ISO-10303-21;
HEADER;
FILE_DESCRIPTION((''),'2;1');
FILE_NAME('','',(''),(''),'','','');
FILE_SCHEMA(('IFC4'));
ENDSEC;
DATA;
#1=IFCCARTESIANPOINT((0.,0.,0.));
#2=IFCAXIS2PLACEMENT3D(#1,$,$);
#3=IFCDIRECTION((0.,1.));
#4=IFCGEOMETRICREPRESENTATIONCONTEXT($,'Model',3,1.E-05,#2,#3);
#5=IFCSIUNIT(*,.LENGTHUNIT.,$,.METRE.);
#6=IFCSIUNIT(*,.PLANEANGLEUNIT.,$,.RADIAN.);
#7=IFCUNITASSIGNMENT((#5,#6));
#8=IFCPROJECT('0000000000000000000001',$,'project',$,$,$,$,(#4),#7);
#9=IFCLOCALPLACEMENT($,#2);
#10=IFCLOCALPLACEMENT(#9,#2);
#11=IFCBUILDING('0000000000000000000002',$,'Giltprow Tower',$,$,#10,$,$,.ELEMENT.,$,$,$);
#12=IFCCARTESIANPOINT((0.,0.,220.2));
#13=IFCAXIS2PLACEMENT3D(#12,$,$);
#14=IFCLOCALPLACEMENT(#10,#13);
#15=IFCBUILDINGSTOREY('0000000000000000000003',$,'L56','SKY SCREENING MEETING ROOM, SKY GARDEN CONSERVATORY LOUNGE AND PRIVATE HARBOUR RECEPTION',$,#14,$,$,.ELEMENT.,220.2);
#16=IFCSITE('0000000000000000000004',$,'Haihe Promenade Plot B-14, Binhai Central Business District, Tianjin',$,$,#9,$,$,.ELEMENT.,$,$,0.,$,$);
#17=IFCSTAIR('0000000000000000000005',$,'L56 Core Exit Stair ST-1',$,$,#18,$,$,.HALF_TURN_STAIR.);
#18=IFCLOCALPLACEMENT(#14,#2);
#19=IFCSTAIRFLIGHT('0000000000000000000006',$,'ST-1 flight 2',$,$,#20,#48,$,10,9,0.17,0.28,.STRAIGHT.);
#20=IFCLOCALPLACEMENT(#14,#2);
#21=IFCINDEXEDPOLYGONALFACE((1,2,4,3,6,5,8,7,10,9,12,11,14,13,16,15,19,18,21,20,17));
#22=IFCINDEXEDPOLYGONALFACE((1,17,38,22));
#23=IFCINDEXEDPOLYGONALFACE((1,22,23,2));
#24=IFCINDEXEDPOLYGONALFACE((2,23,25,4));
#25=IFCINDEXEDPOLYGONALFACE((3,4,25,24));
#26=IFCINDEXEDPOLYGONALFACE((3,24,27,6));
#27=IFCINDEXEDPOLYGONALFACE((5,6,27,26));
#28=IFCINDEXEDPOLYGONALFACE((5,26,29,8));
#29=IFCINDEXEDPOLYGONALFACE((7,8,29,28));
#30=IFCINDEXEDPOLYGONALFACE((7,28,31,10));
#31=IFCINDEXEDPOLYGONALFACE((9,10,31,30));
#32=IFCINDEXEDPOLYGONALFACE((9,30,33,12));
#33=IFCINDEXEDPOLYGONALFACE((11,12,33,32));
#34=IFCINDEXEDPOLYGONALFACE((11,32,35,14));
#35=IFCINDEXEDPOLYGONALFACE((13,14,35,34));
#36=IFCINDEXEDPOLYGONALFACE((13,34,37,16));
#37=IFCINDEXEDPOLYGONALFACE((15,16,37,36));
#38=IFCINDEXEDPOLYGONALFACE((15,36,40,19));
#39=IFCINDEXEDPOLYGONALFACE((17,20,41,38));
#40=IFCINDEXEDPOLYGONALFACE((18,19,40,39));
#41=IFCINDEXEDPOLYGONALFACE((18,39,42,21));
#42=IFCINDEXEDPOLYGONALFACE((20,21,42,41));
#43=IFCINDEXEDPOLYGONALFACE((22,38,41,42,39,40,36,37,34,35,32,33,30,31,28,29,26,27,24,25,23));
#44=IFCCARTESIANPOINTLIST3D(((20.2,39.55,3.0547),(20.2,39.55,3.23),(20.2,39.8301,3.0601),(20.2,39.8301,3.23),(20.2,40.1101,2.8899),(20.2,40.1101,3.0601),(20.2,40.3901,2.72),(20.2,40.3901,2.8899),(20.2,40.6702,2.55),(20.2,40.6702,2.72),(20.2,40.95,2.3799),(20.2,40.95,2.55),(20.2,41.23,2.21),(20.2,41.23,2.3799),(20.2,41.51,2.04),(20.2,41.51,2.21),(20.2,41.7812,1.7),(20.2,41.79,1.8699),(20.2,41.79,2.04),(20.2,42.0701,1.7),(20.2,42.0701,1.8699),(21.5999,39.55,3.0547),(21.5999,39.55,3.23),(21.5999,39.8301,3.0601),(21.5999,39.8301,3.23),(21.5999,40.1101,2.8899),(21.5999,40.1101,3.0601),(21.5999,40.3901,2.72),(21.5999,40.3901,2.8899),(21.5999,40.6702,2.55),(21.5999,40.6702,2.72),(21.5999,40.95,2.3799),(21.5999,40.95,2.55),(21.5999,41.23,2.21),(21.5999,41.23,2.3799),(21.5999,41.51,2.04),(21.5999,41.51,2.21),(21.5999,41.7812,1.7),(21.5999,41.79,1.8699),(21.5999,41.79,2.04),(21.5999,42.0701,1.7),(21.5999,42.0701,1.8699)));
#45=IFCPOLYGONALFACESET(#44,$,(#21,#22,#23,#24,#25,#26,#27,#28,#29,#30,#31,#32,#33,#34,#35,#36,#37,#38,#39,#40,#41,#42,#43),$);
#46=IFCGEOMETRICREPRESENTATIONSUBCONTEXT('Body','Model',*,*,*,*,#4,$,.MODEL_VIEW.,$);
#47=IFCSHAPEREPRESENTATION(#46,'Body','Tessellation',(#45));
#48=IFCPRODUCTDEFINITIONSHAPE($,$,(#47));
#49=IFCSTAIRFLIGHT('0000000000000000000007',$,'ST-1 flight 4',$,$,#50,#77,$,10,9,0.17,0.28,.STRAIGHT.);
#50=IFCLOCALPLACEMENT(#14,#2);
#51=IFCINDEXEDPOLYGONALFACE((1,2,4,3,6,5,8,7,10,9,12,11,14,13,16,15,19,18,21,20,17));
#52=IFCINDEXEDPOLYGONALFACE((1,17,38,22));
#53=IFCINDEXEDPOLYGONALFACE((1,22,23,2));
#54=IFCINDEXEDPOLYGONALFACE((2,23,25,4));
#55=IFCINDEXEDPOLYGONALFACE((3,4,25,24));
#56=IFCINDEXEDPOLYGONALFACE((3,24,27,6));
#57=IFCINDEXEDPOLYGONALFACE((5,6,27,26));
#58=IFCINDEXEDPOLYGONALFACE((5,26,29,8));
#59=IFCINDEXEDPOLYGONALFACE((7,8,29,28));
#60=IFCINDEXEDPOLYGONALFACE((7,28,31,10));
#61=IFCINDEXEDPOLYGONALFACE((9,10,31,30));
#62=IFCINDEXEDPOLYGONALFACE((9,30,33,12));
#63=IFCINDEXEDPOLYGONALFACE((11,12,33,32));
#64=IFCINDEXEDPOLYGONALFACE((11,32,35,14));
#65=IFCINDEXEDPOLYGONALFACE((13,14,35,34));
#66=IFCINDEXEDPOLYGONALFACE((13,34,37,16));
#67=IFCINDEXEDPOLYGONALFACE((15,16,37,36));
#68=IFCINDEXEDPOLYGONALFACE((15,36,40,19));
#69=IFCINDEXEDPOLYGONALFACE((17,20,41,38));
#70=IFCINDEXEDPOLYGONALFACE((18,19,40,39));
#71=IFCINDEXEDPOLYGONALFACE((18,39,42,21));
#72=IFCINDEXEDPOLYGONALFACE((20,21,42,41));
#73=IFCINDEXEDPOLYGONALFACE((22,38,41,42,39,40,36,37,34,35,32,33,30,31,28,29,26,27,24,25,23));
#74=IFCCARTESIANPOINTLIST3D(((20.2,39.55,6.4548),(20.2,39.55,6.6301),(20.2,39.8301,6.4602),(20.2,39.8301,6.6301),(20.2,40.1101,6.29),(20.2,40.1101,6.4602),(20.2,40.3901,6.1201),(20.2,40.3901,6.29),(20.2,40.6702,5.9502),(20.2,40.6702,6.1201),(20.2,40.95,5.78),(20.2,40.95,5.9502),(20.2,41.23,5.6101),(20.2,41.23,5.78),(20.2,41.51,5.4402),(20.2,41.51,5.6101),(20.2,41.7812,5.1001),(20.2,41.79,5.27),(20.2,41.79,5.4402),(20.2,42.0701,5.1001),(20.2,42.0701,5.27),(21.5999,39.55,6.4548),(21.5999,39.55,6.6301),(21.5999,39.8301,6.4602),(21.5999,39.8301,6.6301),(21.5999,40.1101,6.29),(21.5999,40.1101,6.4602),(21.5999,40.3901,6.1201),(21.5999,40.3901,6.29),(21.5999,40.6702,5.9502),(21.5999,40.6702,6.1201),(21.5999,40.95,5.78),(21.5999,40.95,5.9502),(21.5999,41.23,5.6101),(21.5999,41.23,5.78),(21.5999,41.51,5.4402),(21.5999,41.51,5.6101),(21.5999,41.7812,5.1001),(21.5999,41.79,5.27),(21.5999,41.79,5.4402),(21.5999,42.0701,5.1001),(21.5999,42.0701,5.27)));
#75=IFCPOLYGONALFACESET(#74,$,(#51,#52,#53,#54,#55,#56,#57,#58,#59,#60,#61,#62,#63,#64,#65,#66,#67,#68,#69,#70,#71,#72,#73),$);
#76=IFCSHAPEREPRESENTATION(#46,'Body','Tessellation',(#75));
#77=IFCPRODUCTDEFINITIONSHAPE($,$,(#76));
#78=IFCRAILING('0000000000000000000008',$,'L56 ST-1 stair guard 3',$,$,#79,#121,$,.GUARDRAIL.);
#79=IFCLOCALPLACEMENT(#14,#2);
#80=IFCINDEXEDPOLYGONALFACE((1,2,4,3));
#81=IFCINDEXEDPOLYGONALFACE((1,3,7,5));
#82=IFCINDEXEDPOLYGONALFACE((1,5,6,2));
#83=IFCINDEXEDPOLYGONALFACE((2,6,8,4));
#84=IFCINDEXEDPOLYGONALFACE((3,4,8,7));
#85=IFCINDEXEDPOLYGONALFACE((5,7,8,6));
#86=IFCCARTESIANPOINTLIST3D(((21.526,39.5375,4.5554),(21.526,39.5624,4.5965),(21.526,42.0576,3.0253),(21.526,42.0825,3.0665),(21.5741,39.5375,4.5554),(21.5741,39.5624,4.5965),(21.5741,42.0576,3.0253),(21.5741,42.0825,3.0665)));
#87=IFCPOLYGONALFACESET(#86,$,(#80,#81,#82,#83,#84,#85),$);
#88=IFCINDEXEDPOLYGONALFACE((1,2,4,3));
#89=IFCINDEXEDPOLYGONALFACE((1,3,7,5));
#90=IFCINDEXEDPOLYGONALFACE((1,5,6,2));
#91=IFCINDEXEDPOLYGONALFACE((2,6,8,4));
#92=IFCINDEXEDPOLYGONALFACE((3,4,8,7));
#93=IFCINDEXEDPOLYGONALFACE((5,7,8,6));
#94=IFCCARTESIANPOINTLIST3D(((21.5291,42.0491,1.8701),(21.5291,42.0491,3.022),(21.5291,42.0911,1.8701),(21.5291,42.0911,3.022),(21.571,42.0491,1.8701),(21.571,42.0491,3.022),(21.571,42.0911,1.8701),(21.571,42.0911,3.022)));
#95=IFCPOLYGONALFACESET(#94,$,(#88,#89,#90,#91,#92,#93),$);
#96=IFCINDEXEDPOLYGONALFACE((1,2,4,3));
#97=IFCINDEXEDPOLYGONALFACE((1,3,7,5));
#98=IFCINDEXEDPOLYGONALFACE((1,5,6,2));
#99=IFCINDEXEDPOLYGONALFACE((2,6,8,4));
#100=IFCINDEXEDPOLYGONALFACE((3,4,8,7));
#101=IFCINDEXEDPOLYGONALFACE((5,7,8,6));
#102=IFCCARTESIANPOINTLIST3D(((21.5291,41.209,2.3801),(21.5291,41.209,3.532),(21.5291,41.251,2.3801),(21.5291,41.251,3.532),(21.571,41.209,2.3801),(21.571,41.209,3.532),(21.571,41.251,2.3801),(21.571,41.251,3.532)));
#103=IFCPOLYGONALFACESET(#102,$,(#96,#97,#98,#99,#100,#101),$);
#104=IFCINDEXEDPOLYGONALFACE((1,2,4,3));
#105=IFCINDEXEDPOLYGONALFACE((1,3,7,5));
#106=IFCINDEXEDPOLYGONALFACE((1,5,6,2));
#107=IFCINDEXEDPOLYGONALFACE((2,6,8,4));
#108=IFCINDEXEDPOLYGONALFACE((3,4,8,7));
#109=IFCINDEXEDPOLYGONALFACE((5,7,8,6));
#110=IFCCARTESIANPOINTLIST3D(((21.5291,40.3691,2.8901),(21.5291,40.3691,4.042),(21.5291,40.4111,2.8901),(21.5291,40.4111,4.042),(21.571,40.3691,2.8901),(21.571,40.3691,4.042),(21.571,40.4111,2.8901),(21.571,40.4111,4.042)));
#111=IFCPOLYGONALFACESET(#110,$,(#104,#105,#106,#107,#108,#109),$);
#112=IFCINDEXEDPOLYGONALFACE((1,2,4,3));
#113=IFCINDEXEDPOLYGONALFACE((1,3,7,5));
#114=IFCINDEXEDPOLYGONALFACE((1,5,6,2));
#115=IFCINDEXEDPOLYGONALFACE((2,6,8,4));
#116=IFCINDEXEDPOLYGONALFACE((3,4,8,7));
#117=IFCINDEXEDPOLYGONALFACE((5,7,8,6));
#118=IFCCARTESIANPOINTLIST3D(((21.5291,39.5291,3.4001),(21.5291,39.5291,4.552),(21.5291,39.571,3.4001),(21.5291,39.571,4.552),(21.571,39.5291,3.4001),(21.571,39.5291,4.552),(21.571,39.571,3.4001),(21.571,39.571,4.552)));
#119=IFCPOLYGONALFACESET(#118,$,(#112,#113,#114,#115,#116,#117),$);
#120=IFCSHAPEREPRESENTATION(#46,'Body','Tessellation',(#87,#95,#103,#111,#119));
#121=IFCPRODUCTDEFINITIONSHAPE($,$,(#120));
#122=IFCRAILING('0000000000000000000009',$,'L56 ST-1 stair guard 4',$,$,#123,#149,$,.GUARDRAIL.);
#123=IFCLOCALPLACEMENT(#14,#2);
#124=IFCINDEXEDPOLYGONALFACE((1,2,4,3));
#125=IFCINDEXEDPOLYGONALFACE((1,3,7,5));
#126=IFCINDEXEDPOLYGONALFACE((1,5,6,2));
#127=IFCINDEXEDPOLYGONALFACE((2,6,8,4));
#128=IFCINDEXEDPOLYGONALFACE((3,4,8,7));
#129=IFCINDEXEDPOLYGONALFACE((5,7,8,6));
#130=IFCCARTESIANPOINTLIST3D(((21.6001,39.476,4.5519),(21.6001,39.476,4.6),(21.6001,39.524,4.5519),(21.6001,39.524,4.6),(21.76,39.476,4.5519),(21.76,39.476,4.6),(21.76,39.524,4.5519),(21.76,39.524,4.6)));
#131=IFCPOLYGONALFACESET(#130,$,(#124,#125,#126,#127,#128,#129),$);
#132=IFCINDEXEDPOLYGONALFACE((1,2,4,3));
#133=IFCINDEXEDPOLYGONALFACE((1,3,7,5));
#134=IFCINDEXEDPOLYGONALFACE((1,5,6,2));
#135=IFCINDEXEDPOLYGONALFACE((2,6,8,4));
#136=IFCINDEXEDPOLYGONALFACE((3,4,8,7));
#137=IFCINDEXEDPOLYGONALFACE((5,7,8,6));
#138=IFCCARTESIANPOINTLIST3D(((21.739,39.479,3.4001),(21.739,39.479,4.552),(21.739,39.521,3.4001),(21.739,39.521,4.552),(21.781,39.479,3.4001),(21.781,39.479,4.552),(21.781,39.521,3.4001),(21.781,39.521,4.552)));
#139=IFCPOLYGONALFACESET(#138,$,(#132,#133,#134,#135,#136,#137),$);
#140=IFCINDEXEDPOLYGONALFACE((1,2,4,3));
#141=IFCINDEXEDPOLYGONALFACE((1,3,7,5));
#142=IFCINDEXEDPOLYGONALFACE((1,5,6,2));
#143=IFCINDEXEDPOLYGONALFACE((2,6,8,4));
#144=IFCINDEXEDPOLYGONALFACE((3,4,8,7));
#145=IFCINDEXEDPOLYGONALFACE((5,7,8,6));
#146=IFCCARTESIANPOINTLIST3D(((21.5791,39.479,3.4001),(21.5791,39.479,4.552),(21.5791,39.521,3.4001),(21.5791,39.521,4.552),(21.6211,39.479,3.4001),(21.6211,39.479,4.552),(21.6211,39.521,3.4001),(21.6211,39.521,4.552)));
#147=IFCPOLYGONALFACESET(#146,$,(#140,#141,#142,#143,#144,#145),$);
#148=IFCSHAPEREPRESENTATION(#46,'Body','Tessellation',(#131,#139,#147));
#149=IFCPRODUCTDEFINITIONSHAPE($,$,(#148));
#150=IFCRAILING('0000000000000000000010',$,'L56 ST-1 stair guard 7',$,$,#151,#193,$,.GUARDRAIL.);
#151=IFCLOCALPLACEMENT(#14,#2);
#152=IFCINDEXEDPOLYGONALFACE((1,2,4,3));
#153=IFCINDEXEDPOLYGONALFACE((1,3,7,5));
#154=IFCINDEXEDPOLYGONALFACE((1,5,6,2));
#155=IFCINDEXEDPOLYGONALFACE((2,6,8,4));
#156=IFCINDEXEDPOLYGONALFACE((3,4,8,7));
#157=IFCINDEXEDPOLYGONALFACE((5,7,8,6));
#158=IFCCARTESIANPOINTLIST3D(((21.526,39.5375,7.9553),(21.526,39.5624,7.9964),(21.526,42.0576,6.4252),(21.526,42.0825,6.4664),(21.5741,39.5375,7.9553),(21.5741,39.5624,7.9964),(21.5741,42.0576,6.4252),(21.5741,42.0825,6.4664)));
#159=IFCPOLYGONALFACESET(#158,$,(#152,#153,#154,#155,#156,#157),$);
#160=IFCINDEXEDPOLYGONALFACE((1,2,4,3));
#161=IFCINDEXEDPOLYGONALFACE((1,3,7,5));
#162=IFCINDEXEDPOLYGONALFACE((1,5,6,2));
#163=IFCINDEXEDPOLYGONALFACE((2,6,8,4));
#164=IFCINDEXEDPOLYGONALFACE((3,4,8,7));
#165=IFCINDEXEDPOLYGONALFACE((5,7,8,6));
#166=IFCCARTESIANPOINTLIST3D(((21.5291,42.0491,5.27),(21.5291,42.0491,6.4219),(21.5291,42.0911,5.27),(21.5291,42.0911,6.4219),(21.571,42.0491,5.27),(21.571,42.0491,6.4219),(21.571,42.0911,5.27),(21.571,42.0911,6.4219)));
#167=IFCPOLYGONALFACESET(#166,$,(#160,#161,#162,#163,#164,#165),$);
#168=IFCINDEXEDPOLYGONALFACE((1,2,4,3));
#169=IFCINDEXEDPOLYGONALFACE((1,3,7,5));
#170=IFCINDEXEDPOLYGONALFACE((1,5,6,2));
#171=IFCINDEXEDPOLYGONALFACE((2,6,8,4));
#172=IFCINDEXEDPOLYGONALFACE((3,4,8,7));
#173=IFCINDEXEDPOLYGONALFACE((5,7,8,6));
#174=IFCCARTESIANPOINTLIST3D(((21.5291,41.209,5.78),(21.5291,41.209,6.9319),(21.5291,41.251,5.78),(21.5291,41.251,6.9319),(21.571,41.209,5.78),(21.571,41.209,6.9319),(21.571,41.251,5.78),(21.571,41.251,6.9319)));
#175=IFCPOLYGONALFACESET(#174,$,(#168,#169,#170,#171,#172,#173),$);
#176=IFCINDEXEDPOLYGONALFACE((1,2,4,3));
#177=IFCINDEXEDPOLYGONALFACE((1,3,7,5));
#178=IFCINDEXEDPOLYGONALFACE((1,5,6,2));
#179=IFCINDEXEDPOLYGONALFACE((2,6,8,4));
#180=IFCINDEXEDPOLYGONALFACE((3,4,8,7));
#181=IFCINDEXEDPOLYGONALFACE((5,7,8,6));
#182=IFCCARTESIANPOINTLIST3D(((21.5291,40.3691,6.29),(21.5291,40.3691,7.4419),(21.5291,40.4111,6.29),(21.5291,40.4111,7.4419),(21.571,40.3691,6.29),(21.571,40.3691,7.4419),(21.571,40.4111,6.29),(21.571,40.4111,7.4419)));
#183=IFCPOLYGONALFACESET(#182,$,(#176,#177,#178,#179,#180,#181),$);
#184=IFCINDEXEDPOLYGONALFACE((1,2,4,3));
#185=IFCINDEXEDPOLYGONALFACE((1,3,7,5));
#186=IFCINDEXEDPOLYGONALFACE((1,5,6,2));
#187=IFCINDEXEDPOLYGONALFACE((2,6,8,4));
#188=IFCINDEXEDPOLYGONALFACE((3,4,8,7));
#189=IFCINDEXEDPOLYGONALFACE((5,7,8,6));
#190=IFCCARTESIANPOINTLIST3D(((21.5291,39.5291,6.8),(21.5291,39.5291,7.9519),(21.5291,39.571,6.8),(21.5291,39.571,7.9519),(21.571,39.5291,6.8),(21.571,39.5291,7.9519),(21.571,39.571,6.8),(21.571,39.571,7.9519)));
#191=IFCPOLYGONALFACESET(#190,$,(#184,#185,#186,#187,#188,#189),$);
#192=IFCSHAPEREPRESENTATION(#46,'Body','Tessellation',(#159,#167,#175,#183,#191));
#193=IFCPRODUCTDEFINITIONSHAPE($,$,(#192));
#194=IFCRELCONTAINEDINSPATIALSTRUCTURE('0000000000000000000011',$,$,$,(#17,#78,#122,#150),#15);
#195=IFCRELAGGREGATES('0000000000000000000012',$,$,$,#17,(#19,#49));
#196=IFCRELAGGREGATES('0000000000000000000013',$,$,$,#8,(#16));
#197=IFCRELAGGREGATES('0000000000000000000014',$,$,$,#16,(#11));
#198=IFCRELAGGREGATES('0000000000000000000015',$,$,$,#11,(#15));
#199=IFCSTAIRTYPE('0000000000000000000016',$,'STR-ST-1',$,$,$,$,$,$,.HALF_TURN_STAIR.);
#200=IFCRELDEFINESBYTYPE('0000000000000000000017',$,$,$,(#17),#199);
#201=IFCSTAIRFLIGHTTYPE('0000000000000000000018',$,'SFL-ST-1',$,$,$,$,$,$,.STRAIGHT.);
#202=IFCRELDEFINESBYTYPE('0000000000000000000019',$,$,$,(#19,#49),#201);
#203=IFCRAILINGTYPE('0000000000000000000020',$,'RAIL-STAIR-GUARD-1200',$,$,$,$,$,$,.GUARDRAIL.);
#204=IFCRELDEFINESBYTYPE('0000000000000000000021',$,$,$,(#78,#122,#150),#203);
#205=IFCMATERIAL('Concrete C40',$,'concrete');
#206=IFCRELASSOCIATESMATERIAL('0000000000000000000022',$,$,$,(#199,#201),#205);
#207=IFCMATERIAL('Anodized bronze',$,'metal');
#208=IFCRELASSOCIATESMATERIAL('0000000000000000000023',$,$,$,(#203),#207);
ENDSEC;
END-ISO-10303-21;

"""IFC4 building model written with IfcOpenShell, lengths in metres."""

from ifc_helpers import new_model, si_unit, direction, frame, origin, origin_2d, place, context, subcontext, project, spatial, polyline, rectangle, outline, extrude, material, type_object, element, aggregate, save


model = new_model("IFC4")

# Units and contexts
model_context = context("Model", 3, precision=1e-05, world=origin(), true_north=direction((0.0, 1.0)))
body_context = subcontext(model_context, "Body", "Model", "MODEL_VIEW")
ifc_project = project(units=[si_unit("LENGTHUNIT", "METRE"), si_unit("PLANEANGLEUNIT", "RADIAN")], contexts=[model_context])

# Site, building, storey
site_placement = place(None, origin())
site = spatial("IfcSite", under=ifc_project, at=site_placement, Name="Haihe Promenade Plot B-14, Binhai Central Business District, Tianjin", CompositionType="ELEMENT", RefElevation=0.0)
building_placement = place(site_placement, origin())
building = spatial("IfcBuilding", under=site, at=building_placement, Name="Giltprow Tower", CompositionType="ELEMENT")
storey_placement = place(building_placement, frame((0.0, 0.0, 220.2)))
storey = spatial("IfcBuildingStorey", under=building, at=storey_placement, Name="L56", Description="SKY SCREENING MEETING ROOM, SKY GARDEN CONSERVATORY LOUNGE AND PRIVATE HARBOUR RECEPTION", CompositionType="ELEMENT", Elevation=220.2)

# Shared definitions
ifc_material_1 = material(Name="Concrete C40", Category="concrete")

# Stair, stair flights
stair_type = type_object("IfcStairType", Name="STR-ST-1", PredefinedType="HALF_TURN_STAIR", material=ifc_material_1)
stair_placement = place(storey_placement, origin())
stair = element("IfcStair", 1, at=stair_placement, inside=storey, type_object=stair_type, Name="L56 Core Exit Stair ST-1", PredefinedType="HALF_TURN_STAIR")
stair_flight_type = type_object("IfcStairFlightType", Name="SFL-ST-1", PredefinedType="STRAIGHT", material=ifc_material_1)
stair_flight_1_placement = place(storey_placement, frame((20.8999, 42.0701, 1.7), z_axis=(0.0, 0.0, 1.0), x_axis=(0.0, -1.0, 0.0)))
stair_flight_1 = element("IfcStairFlight", 2, at=stair_flight_1_placement, type_object=stair_flight_type, Name="ST-1 flight 2", NumberOfRisers=10, NumberOfTreads=9, PredefinedType="STRAIGHT", RiserHeight=0.17, TreadLength=0.28, context=body_context, shape_type="SweptSolid", body=[
    extrude(outline(polyline([(0.0, 0.0), (0.0, 0.1699), (0.28, 0.1699), (0.28, 0.3401), (0.5601, 0.3401), (0.5601, 0.51), (0.8401, 0.51), (0.8401, 0.6799), (1.1201, 0.6799), (1.1201, 0.8501), (1.3999, 0.8501), (1.3999, 1.02), (1.6799, 1.02), (1.6799, 1.1899), (1.96, 1.1899), (1.96, 1.3601), (2.24, 1.3601), (2.24, 1.53), (2.52, 1.53), (2.52, 1.7), (2.52, 1.3547), (0.2888, 0.0), (0.0, 0.0)])), frame((0.0, 0.7, 0.0), z_axis=(0.0, -1.0, 0.0), x_axis=(1.0, 0.0, 0.0)), (0.0, 0.0, 1.0), 1.3999),
])
stair_flight_2_placement = place(storey_placement, frame((20.8999, 42.0701, 5.1001), z_axis=(0.0, 0.0, 1.0), x_axis=(0.0, -1.0, 0.0)))
stair_flight_2 = element("IfcStairFlight", 3, at=stair_flight_2_placement, type_object=stair_flight_type, Name="ST-1 flight 4", NumberOfRisers=10, NumberOfTreads=9, PredefinedType="STRAIGHT", RiserHeight=0.17, TreadLength=0.28, context=body_context, shape_type="SweptSolid", body=[
    extrude(outline(polyline([(0.0, 0.0), (0.0, 0.1699), (0.28, 0.1699), (0.28, 0.3401), (0.5601, 0.3401), (0.5601, 0.51), (0.8401, 0.51), (0.8401, 0.6799), (1.1201, 0.6799), (1.1201, 0.8501), (1.3999, 0.8501), (1.3999, 1.02), (1.6799, 1.02), (1.6799, 1.1899), (1.96, 1.1899), (1.96, 1.3601), (2.24, 1.3601), (2.24, 1.53), (2.52, 1.53), (2.52, 1.7), (2.52, 1.3547), (0.2888, 0.0), (0.0, 0.0)])), frame((0.0, 0.7, 0.0), z_axis=(0.0, -1.0, 0.0), x_axis=(1.0, 0.0, 0.0)), (0.0, 0.0, 1.0), 1.3999),
])
aggregate(stair, [stair_flight_1, stair_flight_2])

# Railings
ifc_material_2 = material(Name="Anodized bronze", Category="metal")
railing_type_1 = type_object("IfcRailingType", Name="RAIL-STAIR-GUARD-1200", PredefinedType="GUARDRAIL", material=ifc_material_2)
railing_1_placement = place(storey_placement, frame((21.55, 42.0701, 1.8701)))
element("IfcRailing", 4, at=railing_1_placement, inside=storey, type_object=railing_type_1, Name="L56 ST-1 stair guard 3", PredefinedType="GUARDRAIL", context=body_context, shape_type="SweptSolid", body=[
    extrude(rectangle(XDim=0.0481, YDim=0.0481, at=origin_2d()), frame((0.0, 0.0, 1.1758), z_axis=(0.0, -0.854785, 0.518982), x_axis=(1.0, 0.0, 0.0)), (0.0, 0.0, 1.0), 2.9482),
    extrude(rectangle(XDim=0.042, YDim=0.042, at=origin_2d()), origin(), (0.0, 0.0, 1.0), 1.1519),
    extrude(rectangle(XDim=0.042, YDim=0.042, at=origin_2d()), frame((0.0, -0.8401, 0.51)), (0.0, 0.0, 1.0), 1.1519),
    extrude(rectangle(XDim=0.042, YDim=0.042, at=origin_2d()), frame((0.0, -1.6799, 1.02)), (0.0, 0.0, 1.0), 1.1519),
    extrude(rectangle(XDim=0.042, YDim=0.042, at=origin_2d()), frame((0.0, -2.52, 1.53)), (0.0, 0.0, 1.0), 1.1519),
])
railing_2_placement = place(storey_placement, frame((21.76, 39.5, 3.4001)))
element("IfcRailing", 5, at=railing_2_placement, inside=storey, type_object=railing_type_1, Name="L56 ST-1 stair guard 4", PredefinedType="GUARDRAIL", context=body_context, shape_type="SweptSolid", body=[
    extrude(rectangle(XDim=0.0481, YDim=0.0481, at=origin_2d()), frame((0.0, 0.0, 1.1758), z_axis=(-1.0, 0.0, 0.0), x_axis=(0.0, -1.0, 0.0)), (0.0, 0.0, 1.0), 0.1599),
    extrude(rectangle(XDim=0.042, YDim=0.042, at=origin_2d()), origin(), (0.0, 0.0, 1.0), 1.1519),
    extrude(rectangle(XDim=0.042, YDim=0.042, at=origin_2d()), frame((-0.1599, 0.0, 0.0)), (0.0, 0.0, 1.0), 1.1519),
])
railing_3_placement = place(storey_placement, frame((21.55, 42.0701, 5.27)))
element("IfcRailing", 6, at=railing_3_placement, inside=storey, type_object=railing_type_1, Name="L56 ST-1 stair guard 7", PredefinedType="GUARDRAIL", context=body_context, shape_type="SweptSolid", body=[
    extrude(rectangle(XDim=0.0481, YDim=0.0481, at=origin_2d()), frame((0.0, 0.0, 1.1758), z_axis=(0.0, -0.854785, 0.518982), x_axis=(1.0, 0.0, 0.0)), (0.0, 0.0, 1.0), 2.9482),
    extrude(rectangle(XDim=0.042, YDim=0.042, at=origin_2d()), origin(), (0.0, 0.0, 1.0), 1.1519),
    extrude(rectangle(XDim=0.042, YDim=0.042, at=origin_2d()), frame((0.0, -0.8401, 0.51)), (0.0, 0.0, 1.0), 1.1519),
    extrude(rectangle(XDim=0.042, YDim=0.042, at=origin_2d()), frame((0.0, -1.6799, 1.02)), (0.0, 0.0, 1.0), 1.1519),
    extrude(rectangle(XDim=0.042, YDim=0.042, at=origin_2d()), frame((0.0, -2.52, 1.53)), (0.0, 0.0, 1.0), 1.1519),
])

save(model, "model.ifc")
